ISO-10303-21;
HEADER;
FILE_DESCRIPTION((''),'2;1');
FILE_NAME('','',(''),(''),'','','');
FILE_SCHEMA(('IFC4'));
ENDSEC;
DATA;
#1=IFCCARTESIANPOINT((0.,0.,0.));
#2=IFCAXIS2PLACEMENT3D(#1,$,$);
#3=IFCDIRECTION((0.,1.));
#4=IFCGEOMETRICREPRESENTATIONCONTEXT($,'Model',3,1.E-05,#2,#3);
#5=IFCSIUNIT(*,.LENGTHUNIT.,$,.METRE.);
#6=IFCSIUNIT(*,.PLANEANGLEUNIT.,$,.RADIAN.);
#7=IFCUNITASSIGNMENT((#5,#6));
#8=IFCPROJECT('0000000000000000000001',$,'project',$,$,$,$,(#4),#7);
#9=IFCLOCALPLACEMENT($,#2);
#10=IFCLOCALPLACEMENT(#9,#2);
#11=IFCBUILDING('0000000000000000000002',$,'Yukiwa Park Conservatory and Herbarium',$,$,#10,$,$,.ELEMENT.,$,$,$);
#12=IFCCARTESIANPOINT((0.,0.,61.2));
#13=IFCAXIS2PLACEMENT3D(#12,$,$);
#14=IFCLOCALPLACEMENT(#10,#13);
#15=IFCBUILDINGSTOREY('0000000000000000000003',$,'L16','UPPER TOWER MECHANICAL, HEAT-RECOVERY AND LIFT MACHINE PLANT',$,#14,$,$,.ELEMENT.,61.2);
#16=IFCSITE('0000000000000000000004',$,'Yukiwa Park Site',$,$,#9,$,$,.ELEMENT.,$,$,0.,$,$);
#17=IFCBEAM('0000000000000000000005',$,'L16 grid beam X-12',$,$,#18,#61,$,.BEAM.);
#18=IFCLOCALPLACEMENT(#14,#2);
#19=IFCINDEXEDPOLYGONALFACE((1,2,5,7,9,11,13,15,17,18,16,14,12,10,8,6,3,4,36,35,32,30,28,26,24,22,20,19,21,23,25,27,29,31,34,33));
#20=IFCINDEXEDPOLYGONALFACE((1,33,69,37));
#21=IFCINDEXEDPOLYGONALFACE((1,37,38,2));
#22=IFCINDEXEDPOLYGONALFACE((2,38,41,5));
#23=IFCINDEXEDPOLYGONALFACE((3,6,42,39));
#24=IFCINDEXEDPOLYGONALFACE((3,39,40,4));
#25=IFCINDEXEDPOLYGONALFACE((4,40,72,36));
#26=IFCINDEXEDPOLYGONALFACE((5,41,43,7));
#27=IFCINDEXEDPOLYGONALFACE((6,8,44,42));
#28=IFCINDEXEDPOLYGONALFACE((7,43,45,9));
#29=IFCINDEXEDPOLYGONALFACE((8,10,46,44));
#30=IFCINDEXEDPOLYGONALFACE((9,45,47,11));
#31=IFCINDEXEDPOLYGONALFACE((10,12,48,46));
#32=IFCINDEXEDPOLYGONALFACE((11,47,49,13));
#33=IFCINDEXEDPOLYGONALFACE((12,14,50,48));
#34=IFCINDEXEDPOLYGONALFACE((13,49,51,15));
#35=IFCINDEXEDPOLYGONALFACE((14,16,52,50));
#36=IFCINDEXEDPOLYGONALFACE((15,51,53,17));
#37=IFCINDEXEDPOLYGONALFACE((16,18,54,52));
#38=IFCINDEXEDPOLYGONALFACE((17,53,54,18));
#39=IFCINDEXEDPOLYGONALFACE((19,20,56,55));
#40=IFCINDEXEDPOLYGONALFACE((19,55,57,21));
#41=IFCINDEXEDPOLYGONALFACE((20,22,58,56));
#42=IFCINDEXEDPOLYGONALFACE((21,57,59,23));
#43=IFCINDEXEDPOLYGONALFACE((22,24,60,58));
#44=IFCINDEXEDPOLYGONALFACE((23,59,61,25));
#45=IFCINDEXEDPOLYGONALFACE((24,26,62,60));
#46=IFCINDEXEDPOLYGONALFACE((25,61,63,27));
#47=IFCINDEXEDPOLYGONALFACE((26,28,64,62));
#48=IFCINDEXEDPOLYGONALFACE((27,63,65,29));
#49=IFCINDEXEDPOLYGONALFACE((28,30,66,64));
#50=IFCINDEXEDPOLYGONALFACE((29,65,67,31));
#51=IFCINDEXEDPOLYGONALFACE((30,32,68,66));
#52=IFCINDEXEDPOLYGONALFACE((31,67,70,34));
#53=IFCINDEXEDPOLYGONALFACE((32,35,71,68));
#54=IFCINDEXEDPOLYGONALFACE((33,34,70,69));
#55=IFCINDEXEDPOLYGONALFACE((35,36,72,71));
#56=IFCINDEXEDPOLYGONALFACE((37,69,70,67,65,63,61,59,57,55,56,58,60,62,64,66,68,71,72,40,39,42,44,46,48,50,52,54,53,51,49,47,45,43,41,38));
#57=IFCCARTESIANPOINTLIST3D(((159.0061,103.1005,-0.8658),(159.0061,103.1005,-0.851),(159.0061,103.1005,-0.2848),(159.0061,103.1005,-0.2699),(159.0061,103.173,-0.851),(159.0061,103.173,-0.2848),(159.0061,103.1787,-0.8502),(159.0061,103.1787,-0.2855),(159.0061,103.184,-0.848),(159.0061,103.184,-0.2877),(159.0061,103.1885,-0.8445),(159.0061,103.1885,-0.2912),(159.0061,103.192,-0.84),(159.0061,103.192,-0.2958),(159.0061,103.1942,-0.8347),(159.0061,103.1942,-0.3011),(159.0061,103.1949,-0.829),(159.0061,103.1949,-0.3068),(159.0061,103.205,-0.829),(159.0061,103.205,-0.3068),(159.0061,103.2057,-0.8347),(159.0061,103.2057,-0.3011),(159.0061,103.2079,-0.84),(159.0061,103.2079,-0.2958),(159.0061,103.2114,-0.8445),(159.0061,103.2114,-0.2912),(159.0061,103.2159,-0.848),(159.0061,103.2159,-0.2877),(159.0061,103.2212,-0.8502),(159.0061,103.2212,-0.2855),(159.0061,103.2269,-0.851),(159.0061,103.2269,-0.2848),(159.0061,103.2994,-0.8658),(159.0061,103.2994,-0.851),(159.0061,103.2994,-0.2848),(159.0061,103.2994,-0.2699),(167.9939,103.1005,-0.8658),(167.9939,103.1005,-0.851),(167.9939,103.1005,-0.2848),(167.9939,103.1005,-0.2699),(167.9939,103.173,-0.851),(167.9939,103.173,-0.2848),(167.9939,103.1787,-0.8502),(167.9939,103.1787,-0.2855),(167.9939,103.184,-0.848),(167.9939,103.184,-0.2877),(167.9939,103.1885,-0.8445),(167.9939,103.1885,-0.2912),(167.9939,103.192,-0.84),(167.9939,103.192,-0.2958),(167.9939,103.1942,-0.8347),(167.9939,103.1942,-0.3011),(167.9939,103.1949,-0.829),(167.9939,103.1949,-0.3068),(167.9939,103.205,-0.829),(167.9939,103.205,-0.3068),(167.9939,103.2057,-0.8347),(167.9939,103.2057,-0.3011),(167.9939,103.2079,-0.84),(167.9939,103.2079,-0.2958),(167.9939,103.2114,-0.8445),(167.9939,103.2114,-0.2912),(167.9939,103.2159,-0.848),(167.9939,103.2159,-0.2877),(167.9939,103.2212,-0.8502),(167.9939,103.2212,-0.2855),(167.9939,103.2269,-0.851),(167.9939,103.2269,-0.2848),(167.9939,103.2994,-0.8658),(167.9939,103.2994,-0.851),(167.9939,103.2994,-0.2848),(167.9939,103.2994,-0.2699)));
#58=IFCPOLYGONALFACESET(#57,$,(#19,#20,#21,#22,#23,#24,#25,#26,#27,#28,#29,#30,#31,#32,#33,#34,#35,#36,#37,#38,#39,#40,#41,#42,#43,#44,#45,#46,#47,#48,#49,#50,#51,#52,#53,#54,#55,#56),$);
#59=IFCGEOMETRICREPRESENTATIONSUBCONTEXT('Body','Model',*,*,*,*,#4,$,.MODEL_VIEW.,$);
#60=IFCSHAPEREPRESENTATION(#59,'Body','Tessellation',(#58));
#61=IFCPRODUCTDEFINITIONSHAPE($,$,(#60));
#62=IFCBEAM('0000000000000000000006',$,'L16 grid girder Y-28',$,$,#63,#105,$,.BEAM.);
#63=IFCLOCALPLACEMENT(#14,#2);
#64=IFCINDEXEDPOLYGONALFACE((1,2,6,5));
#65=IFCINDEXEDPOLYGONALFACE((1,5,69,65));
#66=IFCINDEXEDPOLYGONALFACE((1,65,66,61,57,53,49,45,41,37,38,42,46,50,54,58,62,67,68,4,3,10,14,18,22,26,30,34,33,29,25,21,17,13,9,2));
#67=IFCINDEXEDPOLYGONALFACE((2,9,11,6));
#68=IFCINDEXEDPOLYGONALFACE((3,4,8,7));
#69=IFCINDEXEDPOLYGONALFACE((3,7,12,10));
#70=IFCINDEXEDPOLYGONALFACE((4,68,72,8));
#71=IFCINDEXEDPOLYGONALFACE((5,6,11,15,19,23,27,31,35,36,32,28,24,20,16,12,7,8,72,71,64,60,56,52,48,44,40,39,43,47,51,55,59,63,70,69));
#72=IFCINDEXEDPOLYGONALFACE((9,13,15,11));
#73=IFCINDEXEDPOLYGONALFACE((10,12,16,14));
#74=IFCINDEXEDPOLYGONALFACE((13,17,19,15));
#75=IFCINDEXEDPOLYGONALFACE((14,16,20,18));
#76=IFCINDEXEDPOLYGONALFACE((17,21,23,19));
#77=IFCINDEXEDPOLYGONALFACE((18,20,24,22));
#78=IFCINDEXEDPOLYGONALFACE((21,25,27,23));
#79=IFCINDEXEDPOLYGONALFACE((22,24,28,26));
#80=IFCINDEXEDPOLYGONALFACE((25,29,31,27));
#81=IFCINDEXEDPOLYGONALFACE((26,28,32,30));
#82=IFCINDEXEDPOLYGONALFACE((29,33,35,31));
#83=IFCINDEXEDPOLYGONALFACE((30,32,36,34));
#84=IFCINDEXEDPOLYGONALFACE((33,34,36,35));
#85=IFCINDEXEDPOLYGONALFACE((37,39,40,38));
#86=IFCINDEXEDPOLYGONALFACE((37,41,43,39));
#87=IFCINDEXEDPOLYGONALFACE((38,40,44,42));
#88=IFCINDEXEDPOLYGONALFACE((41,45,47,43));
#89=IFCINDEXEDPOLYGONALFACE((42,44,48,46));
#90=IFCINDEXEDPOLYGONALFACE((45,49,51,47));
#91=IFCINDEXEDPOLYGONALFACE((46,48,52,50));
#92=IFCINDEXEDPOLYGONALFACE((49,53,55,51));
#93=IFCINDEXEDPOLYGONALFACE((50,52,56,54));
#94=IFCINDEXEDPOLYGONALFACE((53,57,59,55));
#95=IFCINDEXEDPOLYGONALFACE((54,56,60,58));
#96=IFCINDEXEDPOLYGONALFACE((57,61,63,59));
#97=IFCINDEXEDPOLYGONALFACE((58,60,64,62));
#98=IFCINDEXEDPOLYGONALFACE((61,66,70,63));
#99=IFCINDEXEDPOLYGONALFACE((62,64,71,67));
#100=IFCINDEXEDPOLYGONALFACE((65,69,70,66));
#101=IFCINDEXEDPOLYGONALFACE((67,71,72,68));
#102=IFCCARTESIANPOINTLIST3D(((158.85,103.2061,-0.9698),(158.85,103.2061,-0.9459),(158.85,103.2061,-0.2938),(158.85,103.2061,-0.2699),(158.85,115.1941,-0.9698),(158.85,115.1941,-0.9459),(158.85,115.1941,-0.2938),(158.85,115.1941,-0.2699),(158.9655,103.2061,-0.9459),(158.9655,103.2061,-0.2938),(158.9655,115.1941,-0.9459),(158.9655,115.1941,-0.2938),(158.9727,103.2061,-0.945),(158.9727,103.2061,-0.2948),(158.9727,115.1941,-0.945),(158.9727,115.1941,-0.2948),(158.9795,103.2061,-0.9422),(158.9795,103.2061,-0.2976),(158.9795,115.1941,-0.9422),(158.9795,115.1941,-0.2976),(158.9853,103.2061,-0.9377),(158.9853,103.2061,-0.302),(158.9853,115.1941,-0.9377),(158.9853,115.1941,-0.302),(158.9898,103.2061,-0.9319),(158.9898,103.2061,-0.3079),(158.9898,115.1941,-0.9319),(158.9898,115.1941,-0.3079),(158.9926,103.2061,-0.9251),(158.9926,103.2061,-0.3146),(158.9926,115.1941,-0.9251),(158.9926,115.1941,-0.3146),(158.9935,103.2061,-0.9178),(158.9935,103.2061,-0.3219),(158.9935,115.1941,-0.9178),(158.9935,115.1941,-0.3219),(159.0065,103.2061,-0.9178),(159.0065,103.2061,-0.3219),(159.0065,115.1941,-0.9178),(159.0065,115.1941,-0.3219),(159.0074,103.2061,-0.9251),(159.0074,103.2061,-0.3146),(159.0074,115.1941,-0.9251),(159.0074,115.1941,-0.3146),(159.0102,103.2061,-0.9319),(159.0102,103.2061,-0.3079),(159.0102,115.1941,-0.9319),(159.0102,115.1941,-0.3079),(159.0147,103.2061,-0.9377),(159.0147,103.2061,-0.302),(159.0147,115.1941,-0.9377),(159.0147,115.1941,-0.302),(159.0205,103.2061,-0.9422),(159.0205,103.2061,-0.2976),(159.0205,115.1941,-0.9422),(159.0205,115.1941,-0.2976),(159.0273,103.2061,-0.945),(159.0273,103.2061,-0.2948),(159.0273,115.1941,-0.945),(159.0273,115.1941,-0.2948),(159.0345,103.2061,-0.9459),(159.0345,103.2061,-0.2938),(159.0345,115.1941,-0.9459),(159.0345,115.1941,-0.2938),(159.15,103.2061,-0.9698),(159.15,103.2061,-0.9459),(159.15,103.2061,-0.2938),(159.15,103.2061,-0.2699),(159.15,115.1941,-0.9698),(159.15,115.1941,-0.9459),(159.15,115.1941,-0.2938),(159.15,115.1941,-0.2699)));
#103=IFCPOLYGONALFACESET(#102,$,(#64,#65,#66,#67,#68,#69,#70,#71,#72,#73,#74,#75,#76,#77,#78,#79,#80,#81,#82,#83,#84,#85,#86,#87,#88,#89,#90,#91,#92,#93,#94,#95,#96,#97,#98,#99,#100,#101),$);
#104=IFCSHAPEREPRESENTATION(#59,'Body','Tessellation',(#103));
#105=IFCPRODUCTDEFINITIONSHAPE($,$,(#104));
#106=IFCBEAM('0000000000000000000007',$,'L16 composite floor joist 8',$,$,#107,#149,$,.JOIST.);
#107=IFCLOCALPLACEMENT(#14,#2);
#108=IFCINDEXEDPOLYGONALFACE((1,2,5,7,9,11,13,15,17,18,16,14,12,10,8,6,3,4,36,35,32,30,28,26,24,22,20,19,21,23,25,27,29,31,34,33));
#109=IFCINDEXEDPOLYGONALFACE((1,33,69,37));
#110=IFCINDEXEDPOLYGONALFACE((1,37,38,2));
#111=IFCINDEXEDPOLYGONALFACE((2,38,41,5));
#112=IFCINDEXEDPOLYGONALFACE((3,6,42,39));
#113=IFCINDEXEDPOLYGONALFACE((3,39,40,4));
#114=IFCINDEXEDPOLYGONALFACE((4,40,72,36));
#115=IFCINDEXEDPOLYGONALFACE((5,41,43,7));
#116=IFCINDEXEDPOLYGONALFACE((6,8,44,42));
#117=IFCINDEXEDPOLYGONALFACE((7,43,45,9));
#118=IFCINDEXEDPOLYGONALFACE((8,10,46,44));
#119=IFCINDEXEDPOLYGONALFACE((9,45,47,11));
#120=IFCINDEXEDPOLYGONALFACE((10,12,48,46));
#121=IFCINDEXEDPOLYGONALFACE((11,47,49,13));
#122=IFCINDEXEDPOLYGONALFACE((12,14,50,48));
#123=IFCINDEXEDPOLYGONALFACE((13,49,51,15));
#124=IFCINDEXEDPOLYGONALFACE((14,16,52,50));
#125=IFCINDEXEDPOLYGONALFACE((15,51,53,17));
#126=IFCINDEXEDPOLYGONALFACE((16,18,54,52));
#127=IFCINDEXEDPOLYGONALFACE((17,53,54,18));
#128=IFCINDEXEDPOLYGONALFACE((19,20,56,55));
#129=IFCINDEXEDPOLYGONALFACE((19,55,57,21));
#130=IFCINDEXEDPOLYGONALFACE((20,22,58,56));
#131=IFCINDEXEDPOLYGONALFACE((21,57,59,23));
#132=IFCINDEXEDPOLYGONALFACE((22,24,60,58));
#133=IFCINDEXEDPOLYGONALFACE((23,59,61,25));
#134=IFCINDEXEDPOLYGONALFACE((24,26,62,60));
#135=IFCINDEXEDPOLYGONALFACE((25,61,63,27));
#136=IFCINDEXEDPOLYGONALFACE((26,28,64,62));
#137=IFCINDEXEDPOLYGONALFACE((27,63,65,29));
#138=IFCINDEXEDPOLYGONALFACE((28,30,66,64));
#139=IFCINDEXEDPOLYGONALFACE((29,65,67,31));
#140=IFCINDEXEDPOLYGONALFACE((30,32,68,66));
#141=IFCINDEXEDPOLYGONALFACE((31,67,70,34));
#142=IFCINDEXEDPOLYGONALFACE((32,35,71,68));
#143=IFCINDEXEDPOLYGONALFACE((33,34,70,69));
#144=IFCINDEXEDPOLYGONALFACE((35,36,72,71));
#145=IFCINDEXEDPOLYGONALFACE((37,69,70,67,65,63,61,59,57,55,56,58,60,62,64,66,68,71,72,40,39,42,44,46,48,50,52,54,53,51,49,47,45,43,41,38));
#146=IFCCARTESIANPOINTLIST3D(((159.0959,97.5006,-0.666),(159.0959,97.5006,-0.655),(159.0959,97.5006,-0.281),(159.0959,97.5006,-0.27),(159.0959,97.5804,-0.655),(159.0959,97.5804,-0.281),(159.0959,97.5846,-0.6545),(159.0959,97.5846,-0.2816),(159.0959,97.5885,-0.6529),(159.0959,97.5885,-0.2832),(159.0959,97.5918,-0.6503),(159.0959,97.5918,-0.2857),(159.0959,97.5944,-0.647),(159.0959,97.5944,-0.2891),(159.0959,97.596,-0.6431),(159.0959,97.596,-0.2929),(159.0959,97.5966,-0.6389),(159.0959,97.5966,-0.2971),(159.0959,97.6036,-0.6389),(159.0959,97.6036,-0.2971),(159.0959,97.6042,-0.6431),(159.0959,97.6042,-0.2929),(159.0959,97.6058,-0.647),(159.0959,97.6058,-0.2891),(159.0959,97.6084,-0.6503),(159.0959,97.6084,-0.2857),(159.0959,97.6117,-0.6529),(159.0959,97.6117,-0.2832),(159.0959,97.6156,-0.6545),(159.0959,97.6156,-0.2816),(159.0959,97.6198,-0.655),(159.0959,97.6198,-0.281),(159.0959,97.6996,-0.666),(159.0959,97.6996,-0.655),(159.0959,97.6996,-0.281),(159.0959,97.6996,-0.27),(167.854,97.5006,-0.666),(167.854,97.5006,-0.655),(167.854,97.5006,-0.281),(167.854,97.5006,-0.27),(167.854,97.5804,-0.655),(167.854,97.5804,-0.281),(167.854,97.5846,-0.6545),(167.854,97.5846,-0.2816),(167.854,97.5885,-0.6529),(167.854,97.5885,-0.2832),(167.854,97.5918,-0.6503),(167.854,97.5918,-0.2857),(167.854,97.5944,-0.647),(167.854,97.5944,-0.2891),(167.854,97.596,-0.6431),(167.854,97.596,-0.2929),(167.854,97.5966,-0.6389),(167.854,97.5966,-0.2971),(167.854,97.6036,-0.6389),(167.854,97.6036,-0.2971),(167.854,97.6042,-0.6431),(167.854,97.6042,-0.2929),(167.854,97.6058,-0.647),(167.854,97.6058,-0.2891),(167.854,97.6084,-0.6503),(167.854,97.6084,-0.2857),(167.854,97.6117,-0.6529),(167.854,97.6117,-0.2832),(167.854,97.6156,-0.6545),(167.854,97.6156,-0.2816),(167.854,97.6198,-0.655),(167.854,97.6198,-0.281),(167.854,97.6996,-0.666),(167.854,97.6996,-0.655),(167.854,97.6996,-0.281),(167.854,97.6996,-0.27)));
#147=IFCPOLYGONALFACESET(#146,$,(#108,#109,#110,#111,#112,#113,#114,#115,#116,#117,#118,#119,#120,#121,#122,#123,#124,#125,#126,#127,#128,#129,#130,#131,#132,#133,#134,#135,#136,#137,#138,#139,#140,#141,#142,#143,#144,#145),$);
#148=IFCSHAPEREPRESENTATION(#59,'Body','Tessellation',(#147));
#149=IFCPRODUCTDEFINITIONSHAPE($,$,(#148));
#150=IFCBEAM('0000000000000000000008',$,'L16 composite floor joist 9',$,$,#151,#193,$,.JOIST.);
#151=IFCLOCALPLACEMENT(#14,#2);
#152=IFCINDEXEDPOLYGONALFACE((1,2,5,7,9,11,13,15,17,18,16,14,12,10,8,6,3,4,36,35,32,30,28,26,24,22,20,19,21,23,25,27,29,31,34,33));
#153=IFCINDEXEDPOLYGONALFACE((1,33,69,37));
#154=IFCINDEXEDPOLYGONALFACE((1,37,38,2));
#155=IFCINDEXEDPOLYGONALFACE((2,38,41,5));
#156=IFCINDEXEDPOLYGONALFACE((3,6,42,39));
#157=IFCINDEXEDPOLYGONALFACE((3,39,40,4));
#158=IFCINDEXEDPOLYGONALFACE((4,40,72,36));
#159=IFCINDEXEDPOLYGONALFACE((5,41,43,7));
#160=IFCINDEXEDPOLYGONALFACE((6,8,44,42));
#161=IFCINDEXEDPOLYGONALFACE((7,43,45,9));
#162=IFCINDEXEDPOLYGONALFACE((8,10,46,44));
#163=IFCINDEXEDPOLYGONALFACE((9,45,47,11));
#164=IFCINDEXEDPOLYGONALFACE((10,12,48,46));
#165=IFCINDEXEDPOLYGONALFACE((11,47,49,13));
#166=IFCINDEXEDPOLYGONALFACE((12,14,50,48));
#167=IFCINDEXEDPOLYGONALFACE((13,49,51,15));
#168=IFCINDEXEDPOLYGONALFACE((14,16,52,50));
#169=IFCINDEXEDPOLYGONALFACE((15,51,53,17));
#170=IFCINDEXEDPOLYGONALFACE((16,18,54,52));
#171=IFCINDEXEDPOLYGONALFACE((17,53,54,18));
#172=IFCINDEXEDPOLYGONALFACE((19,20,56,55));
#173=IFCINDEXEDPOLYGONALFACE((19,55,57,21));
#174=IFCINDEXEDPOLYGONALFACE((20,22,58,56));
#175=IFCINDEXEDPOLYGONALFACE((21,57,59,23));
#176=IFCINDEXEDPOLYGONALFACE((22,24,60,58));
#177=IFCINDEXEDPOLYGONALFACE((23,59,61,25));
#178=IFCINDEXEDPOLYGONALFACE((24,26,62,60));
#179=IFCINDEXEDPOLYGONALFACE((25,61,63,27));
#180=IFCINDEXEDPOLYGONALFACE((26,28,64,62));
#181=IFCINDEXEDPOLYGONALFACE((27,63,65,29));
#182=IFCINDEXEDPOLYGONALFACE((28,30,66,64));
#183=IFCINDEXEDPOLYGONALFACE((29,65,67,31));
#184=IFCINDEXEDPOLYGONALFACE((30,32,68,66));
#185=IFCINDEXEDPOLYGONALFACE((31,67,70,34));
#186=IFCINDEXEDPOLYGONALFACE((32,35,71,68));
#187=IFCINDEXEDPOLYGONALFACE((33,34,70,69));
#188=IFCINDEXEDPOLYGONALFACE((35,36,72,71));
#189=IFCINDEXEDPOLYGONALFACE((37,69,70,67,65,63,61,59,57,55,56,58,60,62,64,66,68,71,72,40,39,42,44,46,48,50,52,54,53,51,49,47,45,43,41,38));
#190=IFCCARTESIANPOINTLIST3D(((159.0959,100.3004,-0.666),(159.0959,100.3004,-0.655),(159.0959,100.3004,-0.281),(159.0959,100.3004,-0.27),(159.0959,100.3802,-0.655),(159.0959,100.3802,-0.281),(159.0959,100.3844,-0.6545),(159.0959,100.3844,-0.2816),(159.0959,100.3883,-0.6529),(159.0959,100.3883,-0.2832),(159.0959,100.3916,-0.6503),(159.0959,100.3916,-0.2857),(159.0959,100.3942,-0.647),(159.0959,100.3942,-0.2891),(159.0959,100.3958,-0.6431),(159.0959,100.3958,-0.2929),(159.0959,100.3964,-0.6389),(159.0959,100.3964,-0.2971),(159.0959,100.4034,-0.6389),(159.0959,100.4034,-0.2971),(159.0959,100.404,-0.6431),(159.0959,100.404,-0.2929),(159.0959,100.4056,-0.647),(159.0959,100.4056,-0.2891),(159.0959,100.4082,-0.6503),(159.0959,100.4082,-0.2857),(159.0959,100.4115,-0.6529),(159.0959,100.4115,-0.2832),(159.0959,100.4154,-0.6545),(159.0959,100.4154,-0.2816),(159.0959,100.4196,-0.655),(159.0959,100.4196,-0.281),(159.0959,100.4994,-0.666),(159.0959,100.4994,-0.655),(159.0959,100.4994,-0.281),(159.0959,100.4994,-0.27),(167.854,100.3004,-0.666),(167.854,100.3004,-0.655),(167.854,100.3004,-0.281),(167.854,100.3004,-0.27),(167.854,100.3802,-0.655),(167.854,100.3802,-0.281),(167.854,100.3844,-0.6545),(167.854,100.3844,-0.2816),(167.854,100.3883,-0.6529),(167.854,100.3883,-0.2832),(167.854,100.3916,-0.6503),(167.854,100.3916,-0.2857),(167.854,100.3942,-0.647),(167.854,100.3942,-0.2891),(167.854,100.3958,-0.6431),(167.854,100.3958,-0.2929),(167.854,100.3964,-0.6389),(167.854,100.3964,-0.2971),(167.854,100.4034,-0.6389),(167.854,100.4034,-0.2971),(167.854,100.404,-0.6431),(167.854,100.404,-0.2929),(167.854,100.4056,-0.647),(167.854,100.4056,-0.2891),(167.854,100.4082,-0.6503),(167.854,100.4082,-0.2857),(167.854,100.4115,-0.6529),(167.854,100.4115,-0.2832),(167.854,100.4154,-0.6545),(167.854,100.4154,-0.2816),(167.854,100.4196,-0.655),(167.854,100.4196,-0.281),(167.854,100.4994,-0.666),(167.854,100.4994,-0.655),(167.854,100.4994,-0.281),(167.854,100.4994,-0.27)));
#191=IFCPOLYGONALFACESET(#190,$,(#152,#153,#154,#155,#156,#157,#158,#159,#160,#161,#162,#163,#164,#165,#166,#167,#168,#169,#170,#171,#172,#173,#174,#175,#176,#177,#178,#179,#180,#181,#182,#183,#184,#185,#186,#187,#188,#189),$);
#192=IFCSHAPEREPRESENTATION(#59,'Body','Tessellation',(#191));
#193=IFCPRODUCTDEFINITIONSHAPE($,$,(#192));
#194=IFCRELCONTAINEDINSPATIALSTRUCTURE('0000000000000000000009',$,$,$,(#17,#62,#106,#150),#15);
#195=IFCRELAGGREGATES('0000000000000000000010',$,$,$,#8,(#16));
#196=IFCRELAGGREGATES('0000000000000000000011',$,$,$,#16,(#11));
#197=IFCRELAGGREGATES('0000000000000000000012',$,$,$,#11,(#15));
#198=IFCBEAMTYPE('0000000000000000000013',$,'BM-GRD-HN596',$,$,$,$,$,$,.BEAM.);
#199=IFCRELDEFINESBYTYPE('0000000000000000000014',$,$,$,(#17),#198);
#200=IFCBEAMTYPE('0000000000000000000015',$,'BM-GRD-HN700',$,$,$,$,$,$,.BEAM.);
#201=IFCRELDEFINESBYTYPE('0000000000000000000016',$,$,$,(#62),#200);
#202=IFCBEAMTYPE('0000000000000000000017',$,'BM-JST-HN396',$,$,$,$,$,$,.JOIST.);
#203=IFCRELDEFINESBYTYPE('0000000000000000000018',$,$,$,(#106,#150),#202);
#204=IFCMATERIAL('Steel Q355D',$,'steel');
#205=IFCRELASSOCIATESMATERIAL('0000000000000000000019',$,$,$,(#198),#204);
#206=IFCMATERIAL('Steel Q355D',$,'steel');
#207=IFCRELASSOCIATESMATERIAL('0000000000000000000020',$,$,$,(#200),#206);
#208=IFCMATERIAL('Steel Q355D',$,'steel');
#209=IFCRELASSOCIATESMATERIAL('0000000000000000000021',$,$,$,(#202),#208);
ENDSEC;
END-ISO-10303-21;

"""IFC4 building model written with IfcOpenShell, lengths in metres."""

from ifc_helpers import new_model, si_unit, direction, frame, origin, origin_2d, place, context, subcontext, project, spatial, i_section, extrude, material, material_profile, profile_set, type_object, element, save


model = new_model("IFC4")

# Units and contexts
model_context = context("Model", 3, precision=1e-05, world=origin(), true_north=direction((0.0, 1.0)))
body_context = subcontext(model_context, "Body", "Model", "MODEL_VIEW")
ifc_project = project(units=[si_unit("LENGTHUNIT", "METRE"), si_unit("PLANEANGLEUNIT", "RADIAN")], contexts=[model_context])

# Site, building, storey
site_placement = place(None, origin())
site = spatial("IfcSite", under=ifc_project, at=site_placement, Name="Yukiwa Park Site", CompositionType="ELEMENT", RefElevation=0.0)
building_placement = place(site_placement, origin())
building = spatial("IfcBuilding", under=site, at=building_placement, Name="Yukiwa Park Conservatory and Herbarium", CompositionType="ELEMENT")
storey_placement = place(building_placement, frame((0.0, 0.0, 61.2)))
storey = spatial("IfcBuildingStorey", under=building, at=storey_placement, Name="L16", Description="UPPER TOWER MECHANICAL, HEAT-RECOVERY AND LIFT MACHINE PLANT", CompositionType="ELEMENT", Elevation=61.2)

# Beams
ifc_material_1 = material(Name="Steel Q355D", Category="steel")
ifc_material_profile_1 = material_profile(ifc_material_1, i_section(OverallWidth=0.199, OverallDepth=0.5959, WebThickness=0.01, FlangeThickness=0.0149, FilletRadius=0.022, at=origin_2d()), Name="HN 596x199x10x15")
ifc_profile_set_1 = profile_set([ifc_material_profile_1], Name="Steel Q355D")
beam_type_1 = type_object("IfcBeamType", Name="BM-GRD-HN596", PredefinedType="BEAM", material=ifc_profile_set_1)
beam_1_placement = place(storey_placement, frame((159.0061, 103.2, -0.5679), z_axis=(1.0, 0.0, 0.0), x_axis=(0.0, 1.0, 0.0)))
element("IfcBeam", 1, at=beam_1_placement, inside=storey, type_object=beam_type_1, Name="L16 grid beam X-12", PredefinedType="BEAM", context=body_context, shape_type="SweptSolid", body=[
    extrude(i_section(OverallWidth=0.199, OverallDepth=0.5959, WebThickness=0.01, FlangeThickness=0.0149, FilletRadius=0.022, at=origin_2d()), origin(), (0.0, 0.0, 1.0), 8.9878),
])
ifc_material_2 = material(Name="Steel Q355D", Category="steel")
ifc_material_profile_2 = material_profile(ifc_material_2, i_section(OverallWidth=0.3, OverallDepth=0.7, WebThickness=0.0129, FlangeThickness=0.0239, FilletRadius=0.0281, at=origin_2d()), Name="HN 700x300x13x24")
ifc_profile_set_2 = profile_set([ifc_material_profile_2], Name="Steel Q355D")
beam_type_2 = type_object("IfcBeamType", Name="BM-GRD-HN700", PredefinedType="BEAM", material=ifc_profile_set_2)
beam_2_placement = place(storey_placement, frame((159.0, 103.2061, -0.6199), z_axis=(0.0, 1.0, 0.0), x_axis=(-1.0, 0.0, 0.0)))
element("IfcBeam", 2, at=beam_2_placement, inside=storey, type_object=beam_type_2, Name="L16 grid girder Y-28", PredefinedType="BEAM", context=body_context, shape_type="SweptSolid", body=[
    extrude(i_section(OverallWidth=0.3, OverallDepth=0.7, WebThickness=0.0129, FlangeThickness=0.0239, FilletRadius=0.0281, at=origin_2d()), origin(), (0.0, 0.0, 1.0), 11.988),
])
ifc_material_3 = material(Name="Steel Q355D", Category="steel")
ifc_material_profile_3 = material_profile(ifc_material_3, i_section(OverallWidth=0.199, OverallDepth=0.396, WebThickness=0.0071, FlangeThickness=0.011, FilletRadius=0.0161, at=origin_2d()), Name="HN 396x199x7x11")
ifc_profile_set_3 = profile_set([ifc_material_profile_3], Name="Steel Q355D")
beam_type_3 = type_object("IfcBeamType", Name="BM-JST-HN396", PredefinedType="JOIST", material=ifc_profile_set_3)
for number, where, z_axis, x_axis, name in (
    (3, (159.0959, 97.6001, -0.468), (1.0, 0.0, 0.0), (0.0, 1.0, 0.0), "L16 composite floor joist 8"),
    (4, (159.0959, 100.3999, -0.468), (1.0, 0.0, 0.0), (0.0, 1.0, 0.0), "L16 composite floor joist 9"),
):
    element("IfcBeam", number, at=place(storey_placement, frame(where, z_axis=z_axis, x_axis=x_axis)), inside=storey, type_object=beam_type_3, Name=name, PredefinedType="JOIST", context=body_context, shape_type="SweptSolid", body=[
        extrude(i_section(OverallWidth=0.199, OverallDepth=0.396, WebThickness=0.0071, FlangeThickness=0.011, FilletRadius=0.0161, at=origin_2d()), origin(), (0.0, 0.0, 1.0), 8.7581),
    ])

save(model, "model.ifc")
